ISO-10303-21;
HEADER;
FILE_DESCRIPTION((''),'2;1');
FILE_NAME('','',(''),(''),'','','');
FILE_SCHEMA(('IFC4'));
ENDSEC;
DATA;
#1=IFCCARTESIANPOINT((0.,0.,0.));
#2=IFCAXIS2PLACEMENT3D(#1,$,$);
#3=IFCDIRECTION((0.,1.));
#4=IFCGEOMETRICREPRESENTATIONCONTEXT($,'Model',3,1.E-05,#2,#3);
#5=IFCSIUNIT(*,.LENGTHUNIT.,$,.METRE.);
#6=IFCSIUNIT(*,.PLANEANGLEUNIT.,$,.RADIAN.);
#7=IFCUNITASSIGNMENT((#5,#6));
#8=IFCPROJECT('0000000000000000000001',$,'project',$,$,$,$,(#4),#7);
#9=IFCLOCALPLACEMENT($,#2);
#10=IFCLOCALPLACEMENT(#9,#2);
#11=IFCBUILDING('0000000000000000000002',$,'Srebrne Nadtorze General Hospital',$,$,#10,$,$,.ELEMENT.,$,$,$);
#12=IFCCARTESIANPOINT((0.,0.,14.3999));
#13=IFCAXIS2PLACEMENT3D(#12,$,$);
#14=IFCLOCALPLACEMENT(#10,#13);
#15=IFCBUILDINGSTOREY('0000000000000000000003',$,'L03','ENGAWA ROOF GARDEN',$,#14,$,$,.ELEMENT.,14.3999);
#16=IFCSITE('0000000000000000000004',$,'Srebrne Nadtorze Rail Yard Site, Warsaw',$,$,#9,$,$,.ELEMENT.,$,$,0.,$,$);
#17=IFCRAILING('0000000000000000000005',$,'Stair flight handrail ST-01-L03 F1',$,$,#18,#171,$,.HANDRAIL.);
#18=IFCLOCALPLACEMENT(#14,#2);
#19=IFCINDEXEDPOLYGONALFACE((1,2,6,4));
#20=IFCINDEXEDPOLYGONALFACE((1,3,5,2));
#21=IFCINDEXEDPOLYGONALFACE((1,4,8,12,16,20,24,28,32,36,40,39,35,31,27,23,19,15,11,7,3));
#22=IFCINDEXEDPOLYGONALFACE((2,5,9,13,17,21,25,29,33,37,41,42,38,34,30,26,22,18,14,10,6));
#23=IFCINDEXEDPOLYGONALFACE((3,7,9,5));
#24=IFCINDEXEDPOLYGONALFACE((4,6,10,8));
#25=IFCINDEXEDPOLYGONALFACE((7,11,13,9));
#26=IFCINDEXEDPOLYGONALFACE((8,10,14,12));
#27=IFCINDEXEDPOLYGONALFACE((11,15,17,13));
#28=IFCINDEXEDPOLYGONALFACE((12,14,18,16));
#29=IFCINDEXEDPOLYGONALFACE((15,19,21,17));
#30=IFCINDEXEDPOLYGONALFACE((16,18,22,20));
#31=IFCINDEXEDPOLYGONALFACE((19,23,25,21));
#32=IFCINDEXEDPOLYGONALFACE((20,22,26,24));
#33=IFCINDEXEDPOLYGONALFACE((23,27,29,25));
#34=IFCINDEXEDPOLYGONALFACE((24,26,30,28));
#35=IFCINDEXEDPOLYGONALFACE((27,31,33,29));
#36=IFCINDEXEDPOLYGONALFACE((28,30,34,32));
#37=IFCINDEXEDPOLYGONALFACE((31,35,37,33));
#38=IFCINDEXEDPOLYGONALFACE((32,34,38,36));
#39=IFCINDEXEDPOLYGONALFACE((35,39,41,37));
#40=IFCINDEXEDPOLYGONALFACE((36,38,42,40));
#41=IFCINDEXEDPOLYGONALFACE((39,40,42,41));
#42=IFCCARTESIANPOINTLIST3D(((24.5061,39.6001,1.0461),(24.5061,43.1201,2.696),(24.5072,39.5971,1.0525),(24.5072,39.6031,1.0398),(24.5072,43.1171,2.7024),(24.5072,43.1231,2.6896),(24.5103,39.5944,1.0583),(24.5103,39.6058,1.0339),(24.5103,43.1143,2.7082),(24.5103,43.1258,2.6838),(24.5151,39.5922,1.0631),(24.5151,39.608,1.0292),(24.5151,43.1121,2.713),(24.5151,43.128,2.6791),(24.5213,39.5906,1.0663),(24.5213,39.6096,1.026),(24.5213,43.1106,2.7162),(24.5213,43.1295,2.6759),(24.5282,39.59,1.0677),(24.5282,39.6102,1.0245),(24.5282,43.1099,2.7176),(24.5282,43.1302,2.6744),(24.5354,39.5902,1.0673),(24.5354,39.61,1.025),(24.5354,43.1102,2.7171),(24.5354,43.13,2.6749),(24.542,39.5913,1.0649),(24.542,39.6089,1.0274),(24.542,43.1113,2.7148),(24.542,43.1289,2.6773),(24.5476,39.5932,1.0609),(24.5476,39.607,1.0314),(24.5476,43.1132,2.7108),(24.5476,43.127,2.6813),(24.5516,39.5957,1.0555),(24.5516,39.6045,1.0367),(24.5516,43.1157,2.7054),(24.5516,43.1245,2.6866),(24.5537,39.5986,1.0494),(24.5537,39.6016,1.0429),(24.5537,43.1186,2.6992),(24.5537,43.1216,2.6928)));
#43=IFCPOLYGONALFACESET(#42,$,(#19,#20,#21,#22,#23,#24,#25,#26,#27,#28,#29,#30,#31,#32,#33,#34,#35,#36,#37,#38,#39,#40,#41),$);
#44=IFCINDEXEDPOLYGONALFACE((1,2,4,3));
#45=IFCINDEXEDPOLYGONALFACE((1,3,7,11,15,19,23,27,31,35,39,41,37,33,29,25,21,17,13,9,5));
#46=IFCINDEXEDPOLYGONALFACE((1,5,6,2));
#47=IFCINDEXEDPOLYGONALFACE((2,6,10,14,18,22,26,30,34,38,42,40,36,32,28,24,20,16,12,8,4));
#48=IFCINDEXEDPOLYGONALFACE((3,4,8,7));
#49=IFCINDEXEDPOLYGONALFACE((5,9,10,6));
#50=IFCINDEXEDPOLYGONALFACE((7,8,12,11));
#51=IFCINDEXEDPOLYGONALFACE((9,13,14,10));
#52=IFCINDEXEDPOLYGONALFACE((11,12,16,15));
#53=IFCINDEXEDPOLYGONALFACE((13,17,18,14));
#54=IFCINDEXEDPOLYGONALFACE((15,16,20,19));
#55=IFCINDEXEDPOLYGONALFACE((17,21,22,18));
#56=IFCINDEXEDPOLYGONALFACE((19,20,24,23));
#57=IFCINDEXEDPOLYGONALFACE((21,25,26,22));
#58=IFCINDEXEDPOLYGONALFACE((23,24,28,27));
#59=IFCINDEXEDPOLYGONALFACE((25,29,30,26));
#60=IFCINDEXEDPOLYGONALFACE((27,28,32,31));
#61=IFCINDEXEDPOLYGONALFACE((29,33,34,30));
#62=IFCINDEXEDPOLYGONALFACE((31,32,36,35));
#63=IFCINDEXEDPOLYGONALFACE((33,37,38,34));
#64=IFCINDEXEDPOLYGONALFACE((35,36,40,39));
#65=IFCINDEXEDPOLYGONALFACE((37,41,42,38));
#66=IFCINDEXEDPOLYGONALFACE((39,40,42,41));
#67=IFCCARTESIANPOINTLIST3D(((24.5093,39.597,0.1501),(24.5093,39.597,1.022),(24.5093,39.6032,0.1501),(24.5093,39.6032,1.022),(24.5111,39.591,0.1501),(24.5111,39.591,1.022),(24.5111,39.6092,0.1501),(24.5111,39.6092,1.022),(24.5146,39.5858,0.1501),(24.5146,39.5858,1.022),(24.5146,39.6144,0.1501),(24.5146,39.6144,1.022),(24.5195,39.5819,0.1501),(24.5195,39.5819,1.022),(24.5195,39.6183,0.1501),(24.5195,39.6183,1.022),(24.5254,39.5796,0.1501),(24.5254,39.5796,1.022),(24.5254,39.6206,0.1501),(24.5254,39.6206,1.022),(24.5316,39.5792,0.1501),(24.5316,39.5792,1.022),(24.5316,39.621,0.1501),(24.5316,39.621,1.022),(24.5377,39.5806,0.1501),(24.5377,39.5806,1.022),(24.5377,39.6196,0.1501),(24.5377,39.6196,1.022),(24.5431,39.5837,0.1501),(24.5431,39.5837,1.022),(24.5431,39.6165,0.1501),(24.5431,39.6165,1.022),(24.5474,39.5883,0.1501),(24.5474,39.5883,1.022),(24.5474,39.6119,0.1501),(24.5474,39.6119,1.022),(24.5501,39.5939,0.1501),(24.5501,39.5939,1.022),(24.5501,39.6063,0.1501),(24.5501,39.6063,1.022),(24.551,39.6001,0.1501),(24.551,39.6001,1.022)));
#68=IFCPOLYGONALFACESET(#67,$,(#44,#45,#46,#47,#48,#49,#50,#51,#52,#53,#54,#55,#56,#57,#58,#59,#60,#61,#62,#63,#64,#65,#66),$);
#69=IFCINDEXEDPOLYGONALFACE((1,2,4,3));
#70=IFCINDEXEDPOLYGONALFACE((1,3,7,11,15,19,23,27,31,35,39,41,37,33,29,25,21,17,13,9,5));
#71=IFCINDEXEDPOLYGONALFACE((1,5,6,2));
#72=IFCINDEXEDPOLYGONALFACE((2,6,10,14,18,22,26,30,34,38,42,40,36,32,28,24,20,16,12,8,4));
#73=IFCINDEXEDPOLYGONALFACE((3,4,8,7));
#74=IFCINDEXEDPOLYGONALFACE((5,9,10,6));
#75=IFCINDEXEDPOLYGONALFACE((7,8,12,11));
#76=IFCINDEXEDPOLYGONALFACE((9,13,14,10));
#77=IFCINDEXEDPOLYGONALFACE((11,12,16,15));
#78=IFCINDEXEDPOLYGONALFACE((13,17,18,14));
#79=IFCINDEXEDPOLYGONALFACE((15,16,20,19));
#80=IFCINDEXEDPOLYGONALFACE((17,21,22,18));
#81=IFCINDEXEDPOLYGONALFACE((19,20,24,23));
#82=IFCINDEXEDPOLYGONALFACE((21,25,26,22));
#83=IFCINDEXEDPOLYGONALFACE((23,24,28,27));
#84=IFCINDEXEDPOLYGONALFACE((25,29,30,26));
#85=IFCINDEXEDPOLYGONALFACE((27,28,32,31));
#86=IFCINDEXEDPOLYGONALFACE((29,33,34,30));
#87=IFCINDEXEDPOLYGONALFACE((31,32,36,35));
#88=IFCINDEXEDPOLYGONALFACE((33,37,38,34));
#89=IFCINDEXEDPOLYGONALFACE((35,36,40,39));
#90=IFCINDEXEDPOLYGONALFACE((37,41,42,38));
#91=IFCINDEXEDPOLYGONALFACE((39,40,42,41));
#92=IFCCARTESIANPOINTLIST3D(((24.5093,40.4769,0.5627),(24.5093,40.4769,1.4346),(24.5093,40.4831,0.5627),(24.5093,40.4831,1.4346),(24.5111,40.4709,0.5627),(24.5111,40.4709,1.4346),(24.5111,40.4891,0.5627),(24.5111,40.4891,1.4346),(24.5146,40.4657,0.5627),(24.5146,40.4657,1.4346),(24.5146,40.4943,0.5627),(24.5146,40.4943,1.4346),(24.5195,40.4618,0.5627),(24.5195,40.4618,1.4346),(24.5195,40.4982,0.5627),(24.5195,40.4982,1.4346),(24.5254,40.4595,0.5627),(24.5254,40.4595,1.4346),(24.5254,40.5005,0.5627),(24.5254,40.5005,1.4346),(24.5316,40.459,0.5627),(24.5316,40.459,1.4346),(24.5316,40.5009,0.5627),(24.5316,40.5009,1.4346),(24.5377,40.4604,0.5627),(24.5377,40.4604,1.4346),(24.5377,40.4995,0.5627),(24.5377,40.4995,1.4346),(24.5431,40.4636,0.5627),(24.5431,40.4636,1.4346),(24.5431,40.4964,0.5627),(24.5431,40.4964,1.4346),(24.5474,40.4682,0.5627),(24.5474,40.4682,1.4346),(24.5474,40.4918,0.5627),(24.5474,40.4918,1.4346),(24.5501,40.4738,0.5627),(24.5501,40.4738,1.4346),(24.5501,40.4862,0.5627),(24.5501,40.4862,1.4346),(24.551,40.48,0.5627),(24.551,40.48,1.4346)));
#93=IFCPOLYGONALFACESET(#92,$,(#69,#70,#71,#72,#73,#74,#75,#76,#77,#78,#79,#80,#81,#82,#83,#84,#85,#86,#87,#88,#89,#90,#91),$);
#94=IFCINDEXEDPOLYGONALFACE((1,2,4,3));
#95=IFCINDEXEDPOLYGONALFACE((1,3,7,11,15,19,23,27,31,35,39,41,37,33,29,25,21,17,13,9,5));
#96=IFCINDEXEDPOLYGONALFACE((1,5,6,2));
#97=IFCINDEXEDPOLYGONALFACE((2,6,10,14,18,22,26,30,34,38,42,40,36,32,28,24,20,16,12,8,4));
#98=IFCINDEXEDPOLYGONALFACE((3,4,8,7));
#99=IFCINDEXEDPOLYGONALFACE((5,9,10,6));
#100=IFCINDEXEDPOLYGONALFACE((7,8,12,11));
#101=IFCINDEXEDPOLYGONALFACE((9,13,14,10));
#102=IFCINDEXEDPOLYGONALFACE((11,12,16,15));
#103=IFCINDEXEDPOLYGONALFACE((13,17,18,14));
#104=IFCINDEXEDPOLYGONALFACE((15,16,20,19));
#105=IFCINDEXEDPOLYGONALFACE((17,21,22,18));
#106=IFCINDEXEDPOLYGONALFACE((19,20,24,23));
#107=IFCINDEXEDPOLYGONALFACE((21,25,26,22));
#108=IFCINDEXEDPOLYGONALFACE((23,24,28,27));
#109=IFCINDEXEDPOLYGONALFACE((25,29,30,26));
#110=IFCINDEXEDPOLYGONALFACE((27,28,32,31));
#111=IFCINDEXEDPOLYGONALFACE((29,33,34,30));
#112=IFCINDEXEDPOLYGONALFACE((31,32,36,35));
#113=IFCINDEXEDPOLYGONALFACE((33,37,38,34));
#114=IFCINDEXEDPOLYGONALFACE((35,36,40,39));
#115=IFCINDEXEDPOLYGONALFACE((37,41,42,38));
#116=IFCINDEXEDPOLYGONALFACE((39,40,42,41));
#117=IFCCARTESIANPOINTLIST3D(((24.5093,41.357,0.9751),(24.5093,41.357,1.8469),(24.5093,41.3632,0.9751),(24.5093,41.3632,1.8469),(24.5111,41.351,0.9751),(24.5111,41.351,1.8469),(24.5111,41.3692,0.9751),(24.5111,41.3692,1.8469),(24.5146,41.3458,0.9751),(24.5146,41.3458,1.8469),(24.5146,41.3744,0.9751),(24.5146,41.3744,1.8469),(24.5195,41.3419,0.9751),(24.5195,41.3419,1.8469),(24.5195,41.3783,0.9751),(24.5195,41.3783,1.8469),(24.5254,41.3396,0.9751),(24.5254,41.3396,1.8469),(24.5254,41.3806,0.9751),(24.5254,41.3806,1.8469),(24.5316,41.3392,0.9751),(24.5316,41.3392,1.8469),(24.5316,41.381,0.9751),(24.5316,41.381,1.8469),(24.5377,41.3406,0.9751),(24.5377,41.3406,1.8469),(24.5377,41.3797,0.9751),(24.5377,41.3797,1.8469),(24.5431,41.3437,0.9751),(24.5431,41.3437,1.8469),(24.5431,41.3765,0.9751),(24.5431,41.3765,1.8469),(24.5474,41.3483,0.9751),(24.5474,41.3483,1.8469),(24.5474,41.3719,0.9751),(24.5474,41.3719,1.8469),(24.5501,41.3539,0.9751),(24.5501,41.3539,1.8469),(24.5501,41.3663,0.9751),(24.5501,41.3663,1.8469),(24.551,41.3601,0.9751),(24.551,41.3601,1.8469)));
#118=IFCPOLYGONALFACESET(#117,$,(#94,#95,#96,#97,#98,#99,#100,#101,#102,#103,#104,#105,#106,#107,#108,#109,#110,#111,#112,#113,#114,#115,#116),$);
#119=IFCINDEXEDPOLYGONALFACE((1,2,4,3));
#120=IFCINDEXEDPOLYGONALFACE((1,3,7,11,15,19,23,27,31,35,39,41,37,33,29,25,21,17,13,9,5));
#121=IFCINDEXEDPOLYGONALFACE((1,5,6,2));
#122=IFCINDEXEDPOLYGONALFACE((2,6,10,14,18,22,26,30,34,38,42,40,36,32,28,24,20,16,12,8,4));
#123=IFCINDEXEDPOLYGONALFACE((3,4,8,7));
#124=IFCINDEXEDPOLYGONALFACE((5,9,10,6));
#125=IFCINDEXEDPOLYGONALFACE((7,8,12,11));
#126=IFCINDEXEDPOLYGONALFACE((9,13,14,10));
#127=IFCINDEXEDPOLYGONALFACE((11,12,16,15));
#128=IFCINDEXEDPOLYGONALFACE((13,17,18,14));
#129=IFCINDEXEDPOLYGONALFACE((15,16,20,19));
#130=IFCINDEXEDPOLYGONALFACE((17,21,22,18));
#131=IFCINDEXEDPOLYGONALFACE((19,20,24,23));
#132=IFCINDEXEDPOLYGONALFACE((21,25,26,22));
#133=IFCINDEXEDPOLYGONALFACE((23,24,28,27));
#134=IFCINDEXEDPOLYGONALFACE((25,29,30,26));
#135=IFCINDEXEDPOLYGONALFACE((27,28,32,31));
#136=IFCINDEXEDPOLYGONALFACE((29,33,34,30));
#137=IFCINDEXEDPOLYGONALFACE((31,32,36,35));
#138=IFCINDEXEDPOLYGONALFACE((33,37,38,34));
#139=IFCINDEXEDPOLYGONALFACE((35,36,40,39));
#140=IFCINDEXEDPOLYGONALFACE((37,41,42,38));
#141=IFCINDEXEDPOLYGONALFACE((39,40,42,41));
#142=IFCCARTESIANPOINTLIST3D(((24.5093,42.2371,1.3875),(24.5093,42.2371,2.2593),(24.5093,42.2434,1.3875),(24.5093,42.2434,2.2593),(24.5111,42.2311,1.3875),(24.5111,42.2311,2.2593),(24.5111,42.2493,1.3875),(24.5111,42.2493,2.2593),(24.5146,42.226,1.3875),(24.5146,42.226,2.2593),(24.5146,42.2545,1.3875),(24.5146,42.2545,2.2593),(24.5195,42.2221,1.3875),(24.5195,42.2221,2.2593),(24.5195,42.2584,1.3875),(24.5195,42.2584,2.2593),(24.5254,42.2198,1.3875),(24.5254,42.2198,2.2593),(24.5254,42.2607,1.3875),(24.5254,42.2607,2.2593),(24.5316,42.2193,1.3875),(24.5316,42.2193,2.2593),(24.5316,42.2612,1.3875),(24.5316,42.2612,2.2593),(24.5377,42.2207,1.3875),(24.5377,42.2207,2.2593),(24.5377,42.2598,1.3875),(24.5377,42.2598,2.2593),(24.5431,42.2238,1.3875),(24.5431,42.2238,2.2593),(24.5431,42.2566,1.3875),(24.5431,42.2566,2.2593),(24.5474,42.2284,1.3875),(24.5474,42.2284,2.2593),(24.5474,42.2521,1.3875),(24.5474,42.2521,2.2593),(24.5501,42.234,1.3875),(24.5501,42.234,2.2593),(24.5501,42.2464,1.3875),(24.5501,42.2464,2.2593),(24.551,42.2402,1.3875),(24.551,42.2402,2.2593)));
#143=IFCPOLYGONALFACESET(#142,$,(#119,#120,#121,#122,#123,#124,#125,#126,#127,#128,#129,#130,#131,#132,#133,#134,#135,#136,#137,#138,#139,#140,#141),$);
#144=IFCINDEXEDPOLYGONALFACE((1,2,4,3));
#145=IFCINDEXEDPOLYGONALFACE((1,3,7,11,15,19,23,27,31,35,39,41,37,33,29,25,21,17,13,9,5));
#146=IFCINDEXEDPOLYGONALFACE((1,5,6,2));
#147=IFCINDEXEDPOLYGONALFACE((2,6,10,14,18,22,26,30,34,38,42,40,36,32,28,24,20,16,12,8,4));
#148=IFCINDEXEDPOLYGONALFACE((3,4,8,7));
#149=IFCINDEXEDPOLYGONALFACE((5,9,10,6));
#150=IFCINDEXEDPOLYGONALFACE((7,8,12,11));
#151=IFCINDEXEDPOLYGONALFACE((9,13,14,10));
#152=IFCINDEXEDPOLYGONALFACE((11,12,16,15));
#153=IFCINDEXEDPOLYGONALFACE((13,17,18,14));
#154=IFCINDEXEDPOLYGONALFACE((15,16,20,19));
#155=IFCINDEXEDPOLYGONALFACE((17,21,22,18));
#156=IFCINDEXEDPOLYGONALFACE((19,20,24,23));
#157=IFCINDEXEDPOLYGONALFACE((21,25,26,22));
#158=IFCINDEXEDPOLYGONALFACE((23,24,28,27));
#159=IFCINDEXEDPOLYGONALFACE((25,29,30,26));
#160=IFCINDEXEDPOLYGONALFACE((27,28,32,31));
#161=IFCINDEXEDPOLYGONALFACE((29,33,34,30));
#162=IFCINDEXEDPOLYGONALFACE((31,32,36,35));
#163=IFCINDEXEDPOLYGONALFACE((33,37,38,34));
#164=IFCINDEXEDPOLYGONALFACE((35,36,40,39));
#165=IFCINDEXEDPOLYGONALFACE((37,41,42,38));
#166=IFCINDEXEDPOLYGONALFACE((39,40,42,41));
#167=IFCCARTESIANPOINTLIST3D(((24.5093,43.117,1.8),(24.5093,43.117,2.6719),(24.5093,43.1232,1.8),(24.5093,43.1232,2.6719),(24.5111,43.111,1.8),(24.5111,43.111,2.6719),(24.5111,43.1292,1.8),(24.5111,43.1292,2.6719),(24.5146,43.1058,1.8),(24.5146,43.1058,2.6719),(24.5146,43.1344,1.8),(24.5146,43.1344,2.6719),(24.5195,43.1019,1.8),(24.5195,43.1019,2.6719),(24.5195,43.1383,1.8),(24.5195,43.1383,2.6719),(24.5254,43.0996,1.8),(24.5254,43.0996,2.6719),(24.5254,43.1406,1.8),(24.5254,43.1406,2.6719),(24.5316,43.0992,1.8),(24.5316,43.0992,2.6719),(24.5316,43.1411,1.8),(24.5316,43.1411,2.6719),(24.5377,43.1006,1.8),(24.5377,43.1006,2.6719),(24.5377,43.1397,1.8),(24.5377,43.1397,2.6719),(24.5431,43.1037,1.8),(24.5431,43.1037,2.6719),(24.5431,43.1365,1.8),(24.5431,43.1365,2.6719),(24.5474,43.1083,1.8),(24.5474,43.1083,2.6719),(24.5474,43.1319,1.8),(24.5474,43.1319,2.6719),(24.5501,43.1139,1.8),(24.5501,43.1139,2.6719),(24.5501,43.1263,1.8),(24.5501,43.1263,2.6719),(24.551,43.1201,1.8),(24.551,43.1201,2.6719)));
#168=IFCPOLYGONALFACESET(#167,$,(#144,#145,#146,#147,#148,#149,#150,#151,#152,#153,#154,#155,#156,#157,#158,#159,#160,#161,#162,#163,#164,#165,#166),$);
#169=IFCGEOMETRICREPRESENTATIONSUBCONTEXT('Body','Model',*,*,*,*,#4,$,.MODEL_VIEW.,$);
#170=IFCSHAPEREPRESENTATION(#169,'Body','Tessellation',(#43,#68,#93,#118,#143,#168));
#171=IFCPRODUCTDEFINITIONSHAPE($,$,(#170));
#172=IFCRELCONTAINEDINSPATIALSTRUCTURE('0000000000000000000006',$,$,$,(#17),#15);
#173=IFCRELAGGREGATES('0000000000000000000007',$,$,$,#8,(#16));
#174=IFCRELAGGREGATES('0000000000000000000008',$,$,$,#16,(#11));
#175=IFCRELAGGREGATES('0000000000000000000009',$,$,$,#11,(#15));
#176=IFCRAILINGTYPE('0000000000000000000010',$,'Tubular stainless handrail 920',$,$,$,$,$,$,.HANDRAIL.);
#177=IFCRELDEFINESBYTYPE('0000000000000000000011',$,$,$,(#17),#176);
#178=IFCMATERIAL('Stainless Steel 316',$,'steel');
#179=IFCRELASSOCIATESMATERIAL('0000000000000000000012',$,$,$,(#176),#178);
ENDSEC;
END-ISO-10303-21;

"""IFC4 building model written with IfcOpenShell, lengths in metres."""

from ifc_helpers import new_model, si_unit, direction, frame, origin, origin_2d, place, context, subcontext, project, spatial, circle, extrude, material, type_object, element, save


model = new_model("IFC4")

# Units and contexts
model_context = context("Model", 3, precision=1e-05, world=origin(), true_north=direction((0.0, 1.0)))
body_context = subcontext(model_context, "Body", "Model", "MODEL_VIEW")
ifc_project = project(units=[si_unit("LENGTHUNIT", "METRE"), si_unit("PLANEANGLEUNIT", "RADIAN")], contexts=[model_context])

# Site, building, storey
site_placement = place(None, origin())
site = spatial("IfcSite", under=ifc_project, at=site_placement, Name="Srebrne Nadtorze Rail Yard Site, Warsaw", CompositionType="ELEMENT", RefElevation=0.0)
building_placement = place(site_placement, origin())
building = spatial("IfcBuilding", under=site, at=building_placement, Name="Srebrne Nadtorze General Hospital", CompositionType="ELEMENT")
storey_placement = place(building_placement, frame((0.0, 0.0, 14.3999)))
storey = spatial("IfcBuildingStorey", under=building, at=storey_placement, Name="L03", Description="ENGAWA ROOF GARDEN", CompositionType="ELEMENT", Elevation=14.3999)

# Railing
ifc_material_1 = material(Name="Stainless Steel 316", Category="steel")
railing_type = type_object("IfcRailingType", Name="Tubular stainless handrail 920", PredefinedType="HANDRAIL", material=ifc_material_1)
railing_placement = place(storey_placement, frame((24.53, 39.6001, 0.1501)))
element("IfcRailing", 1, at=railing_placement, inside=storey, type_object=railing_type, Name="Stair flight handrail ST-01-L03 F1", PredefinedType="HANDRAIL", context=body_context, shape_type="SweptSolid", body=[
    extrude(circle(Radius=0.0239, at=origin_2d()), frame((0.0, 0.0, 0.896), z_axis=(0.0, 0.905469, 0.424411), x_axis=(-1.0, 0.0, 0.0)), (0.0, 0.0, 1.0), 3.8875),
    extrude(circle(Radius=0.021, at=origin_2d()), origin(), (0.0, 0.0, 1.0), 0.8718),
    extrude(circle(Radius=0.021, at=origin_2d()), frame((0.0, 0.8799, 0.4126)), (0.0, 0.0, 1.0), 0.8718),
    extrude(circle(Radius=0.021, at=origin_2d()), frame((0.0, 1.76, 0.825)), (0.0, 0.0, 1.0), 0.8718),
    extrude(circle(Radius=0.021, at=origin_2d()), frame((0.0, 2.6401, 1.2373)), (0.0, 0.0, 1.0), 0.8718),
    extrude(circle(Radius=0.021, at=origin_2d()), frame((0.0, 3.52, 1.6499)), (0.0, 0.0, 1.0), 0.8718),
])

save(model, "model.ifc")
